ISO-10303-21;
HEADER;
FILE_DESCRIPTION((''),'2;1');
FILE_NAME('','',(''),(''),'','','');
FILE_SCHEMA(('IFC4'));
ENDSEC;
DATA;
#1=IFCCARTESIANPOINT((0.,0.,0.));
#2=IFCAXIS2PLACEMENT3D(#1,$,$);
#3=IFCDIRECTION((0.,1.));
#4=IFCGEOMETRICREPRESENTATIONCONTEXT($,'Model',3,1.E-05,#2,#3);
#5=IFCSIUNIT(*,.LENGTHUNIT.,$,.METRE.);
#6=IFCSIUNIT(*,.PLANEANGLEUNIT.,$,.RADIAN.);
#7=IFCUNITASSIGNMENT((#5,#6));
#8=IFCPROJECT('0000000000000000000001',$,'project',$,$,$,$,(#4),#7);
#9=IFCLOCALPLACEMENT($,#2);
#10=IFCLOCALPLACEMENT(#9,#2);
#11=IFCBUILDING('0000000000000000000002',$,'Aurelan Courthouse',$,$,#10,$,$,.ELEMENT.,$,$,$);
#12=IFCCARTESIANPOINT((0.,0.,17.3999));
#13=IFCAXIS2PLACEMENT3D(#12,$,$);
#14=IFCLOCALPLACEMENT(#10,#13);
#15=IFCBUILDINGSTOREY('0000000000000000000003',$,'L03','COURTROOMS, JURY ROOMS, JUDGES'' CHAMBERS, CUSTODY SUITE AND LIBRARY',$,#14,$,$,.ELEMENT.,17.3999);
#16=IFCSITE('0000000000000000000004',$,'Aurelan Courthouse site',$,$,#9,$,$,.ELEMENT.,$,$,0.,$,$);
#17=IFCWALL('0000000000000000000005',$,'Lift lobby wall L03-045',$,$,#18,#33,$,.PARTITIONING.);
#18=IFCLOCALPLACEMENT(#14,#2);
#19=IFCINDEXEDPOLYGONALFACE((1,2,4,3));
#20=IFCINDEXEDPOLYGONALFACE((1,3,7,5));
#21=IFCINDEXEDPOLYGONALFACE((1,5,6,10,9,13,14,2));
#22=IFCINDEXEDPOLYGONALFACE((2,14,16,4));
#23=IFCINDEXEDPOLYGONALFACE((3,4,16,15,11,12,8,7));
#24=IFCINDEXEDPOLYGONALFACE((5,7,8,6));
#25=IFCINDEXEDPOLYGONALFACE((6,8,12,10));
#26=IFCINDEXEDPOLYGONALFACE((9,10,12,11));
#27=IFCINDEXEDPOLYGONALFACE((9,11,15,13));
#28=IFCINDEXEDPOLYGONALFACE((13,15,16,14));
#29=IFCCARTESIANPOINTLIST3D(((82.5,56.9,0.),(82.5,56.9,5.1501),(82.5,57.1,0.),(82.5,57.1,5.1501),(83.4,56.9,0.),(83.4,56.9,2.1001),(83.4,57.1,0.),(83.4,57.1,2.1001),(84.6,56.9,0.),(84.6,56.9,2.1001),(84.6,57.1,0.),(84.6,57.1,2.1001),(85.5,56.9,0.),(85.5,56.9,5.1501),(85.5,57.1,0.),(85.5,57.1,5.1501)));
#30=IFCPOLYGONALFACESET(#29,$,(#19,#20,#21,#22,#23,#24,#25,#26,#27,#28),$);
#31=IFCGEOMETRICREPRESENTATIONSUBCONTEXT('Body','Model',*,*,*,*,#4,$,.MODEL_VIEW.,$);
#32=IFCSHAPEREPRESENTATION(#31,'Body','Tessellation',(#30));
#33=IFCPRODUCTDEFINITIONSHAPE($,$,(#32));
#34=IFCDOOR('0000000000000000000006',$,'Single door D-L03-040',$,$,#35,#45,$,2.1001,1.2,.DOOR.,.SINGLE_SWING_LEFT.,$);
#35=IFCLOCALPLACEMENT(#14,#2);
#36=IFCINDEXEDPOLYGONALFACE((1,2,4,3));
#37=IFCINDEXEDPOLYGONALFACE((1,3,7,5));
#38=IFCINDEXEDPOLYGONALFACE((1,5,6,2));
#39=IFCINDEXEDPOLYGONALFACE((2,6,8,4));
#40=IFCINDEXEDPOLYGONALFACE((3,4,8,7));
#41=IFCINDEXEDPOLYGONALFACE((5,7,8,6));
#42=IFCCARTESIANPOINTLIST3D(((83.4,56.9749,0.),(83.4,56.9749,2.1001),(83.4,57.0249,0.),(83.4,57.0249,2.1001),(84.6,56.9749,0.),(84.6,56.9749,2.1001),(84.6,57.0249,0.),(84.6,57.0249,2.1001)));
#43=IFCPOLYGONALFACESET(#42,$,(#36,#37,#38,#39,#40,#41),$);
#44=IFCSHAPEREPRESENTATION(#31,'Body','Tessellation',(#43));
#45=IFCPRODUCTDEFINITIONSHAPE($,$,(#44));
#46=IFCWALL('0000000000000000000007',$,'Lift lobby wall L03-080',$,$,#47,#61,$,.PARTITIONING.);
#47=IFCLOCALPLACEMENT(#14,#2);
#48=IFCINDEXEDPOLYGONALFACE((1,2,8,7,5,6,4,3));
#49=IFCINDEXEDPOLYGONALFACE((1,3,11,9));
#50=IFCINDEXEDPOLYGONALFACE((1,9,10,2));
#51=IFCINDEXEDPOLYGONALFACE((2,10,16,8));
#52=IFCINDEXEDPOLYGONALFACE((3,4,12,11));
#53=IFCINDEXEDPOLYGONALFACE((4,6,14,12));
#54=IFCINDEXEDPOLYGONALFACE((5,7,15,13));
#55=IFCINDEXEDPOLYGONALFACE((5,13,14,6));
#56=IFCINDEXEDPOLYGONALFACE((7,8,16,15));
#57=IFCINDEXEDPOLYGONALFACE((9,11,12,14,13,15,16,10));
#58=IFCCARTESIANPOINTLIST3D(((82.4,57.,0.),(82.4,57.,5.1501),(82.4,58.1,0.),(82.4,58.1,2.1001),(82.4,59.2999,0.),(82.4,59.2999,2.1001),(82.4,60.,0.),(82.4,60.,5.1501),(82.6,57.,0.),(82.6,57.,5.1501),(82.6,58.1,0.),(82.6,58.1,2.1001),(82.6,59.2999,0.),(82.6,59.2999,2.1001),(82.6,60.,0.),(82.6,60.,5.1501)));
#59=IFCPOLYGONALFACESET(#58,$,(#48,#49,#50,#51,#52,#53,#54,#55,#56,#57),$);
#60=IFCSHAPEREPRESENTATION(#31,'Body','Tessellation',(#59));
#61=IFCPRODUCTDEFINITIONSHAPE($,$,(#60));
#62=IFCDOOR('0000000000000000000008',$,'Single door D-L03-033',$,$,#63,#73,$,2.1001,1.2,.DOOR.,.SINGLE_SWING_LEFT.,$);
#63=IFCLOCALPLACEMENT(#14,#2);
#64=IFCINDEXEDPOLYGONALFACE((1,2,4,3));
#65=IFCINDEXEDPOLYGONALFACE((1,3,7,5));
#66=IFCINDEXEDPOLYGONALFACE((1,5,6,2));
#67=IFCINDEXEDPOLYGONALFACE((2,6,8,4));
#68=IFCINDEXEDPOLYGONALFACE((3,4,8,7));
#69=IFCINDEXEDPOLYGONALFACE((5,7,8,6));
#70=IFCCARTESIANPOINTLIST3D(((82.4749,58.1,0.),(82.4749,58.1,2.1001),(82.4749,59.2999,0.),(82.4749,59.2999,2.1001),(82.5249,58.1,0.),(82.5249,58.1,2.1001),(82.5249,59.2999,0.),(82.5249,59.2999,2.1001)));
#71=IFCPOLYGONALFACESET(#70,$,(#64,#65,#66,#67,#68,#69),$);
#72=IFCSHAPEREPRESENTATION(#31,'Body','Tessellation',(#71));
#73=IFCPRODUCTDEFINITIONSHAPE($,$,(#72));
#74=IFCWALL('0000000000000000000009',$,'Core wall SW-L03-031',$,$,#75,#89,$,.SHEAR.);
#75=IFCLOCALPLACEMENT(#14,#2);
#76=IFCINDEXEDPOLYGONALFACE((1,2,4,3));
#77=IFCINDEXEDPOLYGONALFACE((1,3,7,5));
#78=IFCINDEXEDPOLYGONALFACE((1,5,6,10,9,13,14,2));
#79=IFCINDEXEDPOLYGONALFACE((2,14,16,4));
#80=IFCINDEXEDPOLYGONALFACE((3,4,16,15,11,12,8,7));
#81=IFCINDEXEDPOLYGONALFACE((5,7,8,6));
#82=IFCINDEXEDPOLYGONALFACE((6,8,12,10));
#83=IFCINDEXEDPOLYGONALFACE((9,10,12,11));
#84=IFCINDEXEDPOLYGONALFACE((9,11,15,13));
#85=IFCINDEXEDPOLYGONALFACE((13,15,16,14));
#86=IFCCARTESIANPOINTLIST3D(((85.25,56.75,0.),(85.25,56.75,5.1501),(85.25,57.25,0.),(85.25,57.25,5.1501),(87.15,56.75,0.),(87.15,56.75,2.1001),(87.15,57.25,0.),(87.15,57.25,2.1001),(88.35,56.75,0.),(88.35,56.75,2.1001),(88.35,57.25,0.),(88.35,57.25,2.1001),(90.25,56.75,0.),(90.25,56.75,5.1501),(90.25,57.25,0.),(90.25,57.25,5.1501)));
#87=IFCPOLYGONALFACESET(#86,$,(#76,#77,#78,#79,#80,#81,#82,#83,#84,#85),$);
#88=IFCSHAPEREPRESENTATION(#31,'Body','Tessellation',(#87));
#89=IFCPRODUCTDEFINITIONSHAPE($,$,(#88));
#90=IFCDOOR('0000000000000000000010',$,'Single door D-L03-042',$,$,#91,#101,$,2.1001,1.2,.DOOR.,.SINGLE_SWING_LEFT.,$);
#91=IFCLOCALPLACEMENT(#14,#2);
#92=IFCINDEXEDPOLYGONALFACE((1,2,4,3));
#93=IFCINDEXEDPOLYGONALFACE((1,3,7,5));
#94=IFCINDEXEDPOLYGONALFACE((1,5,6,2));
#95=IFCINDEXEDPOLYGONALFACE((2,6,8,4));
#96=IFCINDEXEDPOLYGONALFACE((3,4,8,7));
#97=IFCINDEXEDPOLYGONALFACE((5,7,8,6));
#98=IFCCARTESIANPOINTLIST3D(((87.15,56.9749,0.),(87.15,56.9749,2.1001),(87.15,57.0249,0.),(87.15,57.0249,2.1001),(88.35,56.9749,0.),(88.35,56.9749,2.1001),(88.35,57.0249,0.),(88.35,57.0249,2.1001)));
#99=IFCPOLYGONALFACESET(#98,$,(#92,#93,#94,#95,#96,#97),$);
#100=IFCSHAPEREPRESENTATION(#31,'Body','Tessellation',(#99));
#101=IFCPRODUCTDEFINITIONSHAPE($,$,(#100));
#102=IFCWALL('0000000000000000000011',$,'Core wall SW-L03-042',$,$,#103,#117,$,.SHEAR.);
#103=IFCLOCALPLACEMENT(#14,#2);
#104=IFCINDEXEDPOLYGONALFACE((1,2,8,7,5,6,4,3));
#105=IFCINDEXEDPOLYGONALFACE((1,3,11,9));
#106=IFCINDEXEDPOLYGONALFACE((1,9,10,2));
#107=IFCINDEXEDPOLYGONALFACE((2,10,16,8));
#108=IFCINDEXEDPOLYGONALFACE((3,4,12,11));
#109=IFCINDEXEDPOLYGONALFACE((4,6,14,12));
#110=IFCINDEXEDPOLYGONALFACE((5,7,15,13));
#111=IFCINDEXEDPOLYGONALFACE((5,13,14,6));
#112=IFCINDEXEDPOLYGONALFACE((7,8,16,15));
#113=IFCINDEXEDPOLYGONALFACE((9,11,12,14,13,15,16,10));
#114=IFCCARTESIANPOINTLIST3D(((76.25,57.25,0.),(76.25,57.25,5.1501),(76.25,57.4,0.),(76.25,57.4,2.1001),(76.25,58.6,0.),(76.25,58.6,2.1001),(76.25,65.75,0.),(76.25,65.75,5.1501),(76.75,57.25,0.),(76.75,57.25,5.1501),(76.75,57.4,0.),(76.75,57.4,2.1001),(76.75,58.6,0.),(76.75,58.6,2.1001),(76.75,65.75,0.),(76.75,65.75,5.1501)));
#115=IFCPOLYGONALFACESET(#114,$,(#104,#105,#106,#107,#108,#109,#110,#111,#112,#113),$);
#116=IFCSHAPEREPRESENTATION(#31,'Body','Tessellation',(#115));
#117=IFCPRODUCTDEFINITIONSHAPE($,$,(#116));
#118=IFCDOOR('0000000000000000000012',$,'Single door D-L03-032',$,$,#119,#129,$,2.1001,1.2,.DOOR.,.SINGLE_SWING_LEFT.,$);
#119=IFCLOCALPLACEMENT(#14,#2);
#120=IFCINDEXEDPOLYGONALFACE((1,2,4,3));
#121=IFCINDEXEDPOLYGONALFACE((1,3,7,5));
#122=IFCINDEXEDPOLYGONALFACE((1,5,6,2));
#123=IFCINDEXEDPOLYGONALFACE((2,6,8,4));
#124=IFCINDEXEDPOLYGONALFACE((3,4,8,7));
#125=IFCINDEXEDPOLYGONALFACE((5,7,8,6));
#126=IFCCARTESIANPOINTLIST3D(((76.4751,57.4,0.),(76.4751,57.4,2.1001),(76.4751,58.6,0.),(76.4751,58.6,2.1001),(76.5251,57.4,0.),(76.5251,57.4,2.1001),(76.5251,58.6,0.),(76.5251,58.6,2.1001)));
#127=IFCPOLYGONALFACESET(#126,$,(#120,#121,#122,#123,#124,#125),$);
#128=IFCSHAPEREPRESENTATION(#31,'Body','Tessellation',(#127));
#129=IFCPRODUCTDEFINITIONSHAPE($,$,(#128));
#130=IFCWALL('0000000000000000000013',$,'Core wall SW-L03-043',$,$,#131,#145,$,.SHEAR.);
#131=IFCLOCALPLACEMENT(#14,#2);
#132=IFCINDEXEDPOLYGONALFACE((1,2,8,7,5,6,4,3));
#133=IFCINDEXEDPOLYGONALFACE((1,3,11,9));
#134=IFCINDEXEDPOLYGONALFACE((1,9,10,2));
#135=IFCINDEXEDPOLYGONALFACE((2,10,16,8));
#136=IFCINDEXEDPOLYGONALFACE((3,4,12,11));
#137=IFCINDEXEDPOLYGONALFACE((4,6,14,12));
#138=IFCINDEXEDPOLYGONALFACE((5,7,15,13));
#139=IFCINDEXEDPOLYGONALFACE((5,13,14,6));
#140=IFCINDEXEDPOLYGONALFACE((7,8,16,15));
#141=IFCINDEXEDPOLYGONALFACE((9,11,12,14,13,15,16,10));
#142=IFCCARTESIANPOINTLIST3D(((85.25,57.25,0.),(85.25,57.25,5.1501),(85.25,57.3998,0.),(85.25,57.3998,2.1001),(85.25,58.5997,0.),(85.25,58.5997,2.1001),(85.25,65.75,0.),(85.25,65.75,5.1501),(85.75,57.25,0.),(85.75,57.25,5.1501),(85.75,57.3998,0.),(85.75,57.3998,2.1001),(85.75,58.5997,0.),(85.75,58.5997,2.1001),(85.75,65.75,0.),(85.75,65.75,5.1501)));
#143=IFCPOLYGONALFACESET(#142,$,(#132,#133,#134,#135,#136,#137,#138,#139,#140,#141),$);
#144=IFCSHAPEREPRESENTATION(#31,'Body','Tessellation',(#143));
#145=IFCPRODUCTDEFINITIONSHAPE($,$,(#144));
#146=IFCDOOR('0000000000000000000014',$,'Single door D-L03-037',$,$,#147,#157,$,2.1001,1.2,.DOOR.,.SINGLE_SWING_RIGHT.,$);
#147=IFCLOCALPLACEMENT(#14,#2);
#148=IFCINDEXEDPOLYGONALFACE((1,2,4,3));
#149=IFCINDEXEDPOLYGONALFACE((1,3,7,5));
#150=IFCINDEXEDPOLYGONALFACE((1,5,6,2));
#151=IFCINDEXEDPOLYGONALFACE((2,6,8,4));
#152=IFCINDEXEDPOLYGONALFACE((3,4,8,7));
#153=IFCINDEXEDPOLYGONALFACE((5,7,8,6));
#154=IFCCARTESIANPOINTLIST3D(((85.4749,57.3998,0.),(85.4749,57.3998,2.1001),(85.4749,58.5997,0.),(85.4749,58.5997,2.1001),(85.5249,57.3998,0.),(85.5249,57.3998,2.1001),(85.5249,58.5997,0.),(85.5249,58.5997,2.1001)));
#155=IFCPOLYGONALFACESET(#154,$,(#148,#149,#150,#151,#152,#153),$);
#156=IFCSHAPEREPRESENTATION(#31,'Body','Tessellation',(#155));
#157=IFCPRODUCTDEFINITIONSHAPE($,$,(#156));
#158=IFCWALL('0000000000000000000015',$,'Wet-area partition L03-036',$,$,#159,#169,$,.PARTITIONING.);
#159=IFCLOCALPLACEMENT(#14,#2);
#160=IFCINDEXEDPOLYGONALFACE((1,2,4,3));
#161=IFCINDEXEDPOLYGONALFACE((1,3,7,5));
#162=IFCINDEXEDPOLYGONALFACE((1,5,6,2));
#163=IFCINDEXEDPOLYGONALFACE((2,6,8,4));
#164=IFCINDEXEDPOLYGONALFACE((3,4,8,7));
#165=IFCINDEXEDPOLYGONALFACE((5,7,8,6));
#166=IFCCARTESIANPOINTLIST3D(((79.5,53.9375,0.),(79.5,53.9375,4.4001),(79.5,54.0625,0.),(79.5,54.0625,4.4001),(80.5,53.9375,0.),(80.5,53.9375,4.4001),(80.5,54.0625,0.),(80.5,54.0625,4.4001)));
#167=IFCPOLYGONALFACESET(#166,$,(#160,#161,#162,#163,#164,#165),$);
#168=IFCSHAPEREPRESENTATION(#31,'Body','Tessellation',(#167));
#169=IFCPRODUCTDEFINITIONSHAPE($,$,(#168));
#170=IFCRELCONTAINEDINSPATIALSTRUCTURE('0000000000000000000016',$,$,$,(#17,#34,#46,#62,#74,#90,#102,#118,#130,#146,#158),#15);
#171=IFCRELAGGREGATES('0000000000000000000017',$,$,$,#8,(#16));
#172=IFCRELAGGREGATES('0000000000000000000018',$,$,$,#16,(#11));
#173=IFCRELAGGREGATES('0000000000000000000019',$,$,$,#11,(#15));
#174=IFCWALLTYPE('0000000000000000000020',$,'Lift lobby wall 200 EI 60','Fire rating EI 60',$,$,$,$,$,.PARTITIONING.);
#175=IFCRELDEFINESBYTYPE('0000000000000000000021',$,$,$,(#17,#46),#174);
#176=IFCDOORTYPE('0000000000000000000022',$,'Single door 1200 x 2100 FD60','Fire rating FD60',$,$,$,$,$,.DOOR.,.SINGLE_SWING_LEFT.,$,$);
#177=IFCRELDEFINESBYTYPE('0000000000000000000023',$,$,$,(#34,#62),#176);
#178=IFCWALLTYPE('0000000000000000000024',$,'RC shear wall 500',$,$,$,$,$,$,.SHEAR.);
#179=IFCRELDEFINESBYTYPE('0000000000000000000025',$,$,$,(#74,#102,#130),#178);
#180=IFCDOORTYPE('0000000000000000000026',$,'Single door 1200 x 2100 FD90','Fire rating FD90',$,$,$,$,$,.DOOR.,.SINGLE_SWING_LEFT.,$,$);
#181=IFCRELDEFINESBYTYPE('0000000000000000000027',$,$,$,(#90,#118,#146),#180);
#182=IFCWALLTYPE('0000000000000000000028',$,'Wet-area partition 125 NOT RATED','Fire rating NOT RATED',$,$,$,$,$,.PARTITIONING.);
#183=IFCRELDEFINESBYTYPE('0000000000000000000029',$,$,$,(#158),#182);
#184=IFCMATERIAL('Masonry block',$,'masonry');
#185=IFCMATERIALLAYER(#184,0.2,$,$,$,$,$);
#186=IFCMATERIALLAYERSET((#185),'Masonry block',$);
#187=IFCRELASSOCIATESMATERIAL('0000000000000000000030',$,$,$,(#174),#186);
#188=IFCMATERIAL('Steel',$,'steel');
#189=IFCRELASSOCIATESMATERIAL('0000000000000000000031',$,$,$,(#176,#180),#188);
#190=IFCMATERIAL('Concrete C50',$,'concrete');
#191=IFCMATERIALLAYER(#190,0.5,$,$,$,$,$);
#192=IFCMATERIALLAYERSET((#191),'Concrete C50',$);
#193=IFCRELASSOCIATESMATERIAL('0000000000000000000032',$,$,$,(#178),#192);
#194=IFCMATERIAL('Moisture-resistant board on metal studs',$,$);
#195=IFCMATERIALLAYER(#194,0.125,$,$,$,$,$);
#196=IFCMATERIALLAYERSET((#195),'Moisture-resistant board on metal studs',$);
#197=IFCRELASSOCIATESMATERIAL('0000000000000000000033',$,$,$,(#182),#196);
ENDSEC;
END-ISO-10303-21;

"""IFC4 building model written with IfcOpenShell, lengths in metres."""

from ifc_helpers import new_model, si_unit, direction, frame, frame_2d, origin, place, context, subcontext, project, spatial, rectangle, extrude, material, layer, layer_set, type_object, element, fill, save


model = new_model("IFC4")

# Units and contexts
model_context = context("Model", 3, precision=1e-05, world=origin(), true_north=direction((0.0, 1.0)))
body_context = subcontext(model_context, "Body", "Model", "MODEL_VIEW")
ifc_project = project(units=[si_unit("LENGTHUNIT", "METRE"), si_unit("PLANEANGLEUNIT", "RADIAN")], contexts=[model_context])

# Site, building, storey
site_placement = place(None, origin())
site = spatial("IfcSite", under=ifc_project, at=site_placement, Name="Aurelan Courthouse site", CompositionType="ELEMENT", RefElevation=0.0)
building_placement = place(site_placement, origin())
building = spatial("IfcBuilding", under=site, at=building_placement, Name="Aurelan Courthouse", CompositionType="ELEMENT")
storey_placement = place(building_placement, frame((0.0, 0.0, 17.3999)))
storey = spatial("IfcBuildingStorey", under=building, at=storey_placement, Name="L03", Description="COURTROOMS, JURY ROOMS, JUDGES' CHAMBERS, CUSTODY SUITE AND LIBRARY", CompositionType="ELEMENT", Elevation=17.3999)

# Shared definitions
ifc_material_1 = material(Name="Concrete C50", Category="concrete")

# Shared definitions
ifc_material_2 = material(Name="Steel", Category="steel")

# Shared definitions
ifc_material_3 = material(Name="Masonry block", Category="masonry")
ifc_layer_1 = layer(ifc_material_3, 0.2)
ifc_layer_set_1 = layer_set([ifc_layer_1], Name="Masonry block")
wall_type_1 = type_object("IfcWallType", Name="Lift lobby wall 200 EI 60", Description="Fire rating EI 60", PredefinedType="PARTITIONING", material=ifc_layer_set_1)

# Walls, openings, doors
wall_1_placement = place(storey_placement, frame((82.5, 57.0, 0.0), z_axis=(0.0, 0.0, 1.0), x_axis=(1.0, 0.0, 0.0)))
wall_1 = element("IfcWall", 1, at=wall_1_placement, inside=storey, type_object=wall_type_1, Name="Lift lobby wall L03-045", PredefinedType="PARTITIONING", context=body_context, shape_type="SweptSolid", body=[
    extrude(rectangle(XDim=3.0, YDim=0.2, at=frame_2d((1.5, 0.0))), origin(), (0.0, 0.0, 1.0), 5.1501),
])
opening_1_placement = place(wall_1_placement, frame((0.8999, 0.0, 0.0)))
opening_1 = element("IfcOpeningElement", 2, at=opening_1_placement, cuts=wall_1, PredefinedType="OPENING", context=body_context, shape_type="SweptSolid", body=[
    extrude(rectangle(XDim=1.2, YDim=2.1001, at=frame_2d((0.6001, 1.05))), frame((0.0, 0.1099, 0.0), z_axis=(0.0, -1.0, 0.0), x_axis=(1.0, 0.0, 0.0)), (0.0, 0.0, 1.0), 0.22),
])
door_type_1 = type_object("IfcDoorType", Name="Single door 1200 x 2100 FD60", Description="Fire rating FD60", OperationType="SINGLE_SWING_LEFT", PredefinedType="DOOR", material=ifc_material_2)
door_1_placement = place(opening_1_placement, origin())
door_1 = element("IfcDoor", 3, at=door_1_placement, inside=storey, type_object=door_type_1, Name="Single door D-L03-040", OperationType="SINGLE_SWING_LEFT", OverallHeight=2.1001, OverallWidth=1.2, PredefinedType="DOOR", context=body_context, shape_type="SweptSolid", body=[
    extrude(rectangle(XDim=1.2, YDim=2.1001, at=frame_2d((0.6001, 1.05))), frame((0.0, 0.0249, 0.0), z_axis=(0.0, -1.0, 0.0), x_axis=(1.0, 0.0, 0.0)), (0.0, 0.0, 1.0), 0.05),
])
fill(opening_1, door_1)
wall_2_placement = place(storey_placement, frame((82.5, 57.0, 0.0), z_axis=(0.0, 0.0, 1.0), x_axis=(0.0, 1.0, 0.0)))
wall_2 = element("IfcWall", 4, at=wall_2_placement, inside=storey, type_object=wall_type_1, Name="Lift lobby wall L03-080", PredefinedType="PARTITIONING", context=body_context, shape_type="SweptSolid", body=[
    extrude(rectangle(XDim=3.0, YDim=0.2, at=frame_2d((1.5, 0.0))), origin(), (0.0, 0.0, 1.0), 5.1501),
])
opening_2_placement = place(wall_2_placement, frame((2.3, 0.0, 0.0), z_axis=(0.0, 0.0, 1.0), x_axis=(-1.0, 0.0, 0.0)))
opening_2 = element("IfcOpeningElement", 5, at=opening_2_placement, cuts=wall_2, PredefinedType="OPENING", context=body_context, shape_type="SweptSolid", body=[
    extrude(rectangle(XDim=1.2, YDim=2.1001, at=frame_2d((0.6001, 1.05))), frame((0.0, 0.1099, 0.0), z_axis=(0.0, -1.0, 0.0), x_axis=(1.0, 0.0, 0.0)), (0.0, 0.0, 1.0), 0.22),
])
door_2_placement = place(opening_2_placement, origin())
door_2 = element("IfcDoor", 6, at=door_2_placement, inside=storey, type_object=door_type_1, Name="Single door D-L03-033", OperationType="SINGLE_SWING_LEFT", OverallHeight=2.1001, OverallWidth=1.2, PredefinedType="DOOR", context=body_context, shape_type="SweptSolid", body=[
    extrude(rectangle(XDim=1.2, YDim=2.1001, at=frame_2d((0.6001, 1.05))), frame((0.0, 0.0249, 0.0), z_axis=(0.0, -1.0, 0.0), x_axis=(1.0, 0.0, 0.0)), (0.0, 0.0, 1.0), 0.05),
])
fill(opening_2, door_2)
ifc_layer_2 = layer(ifc_material_1, 0.5)
ifc_layer_set_2 = layer_set([ifc_layer_2], Name="Concrete C50")
wall_type_2 = type_object("IfcWallType", Name="RC shear wall 500", PredefinedType="SHEAR", material=ifc_layer_set_2)
wall_3_placement = place(storey_placement, frame((85.25, 57.0, 0.0), z_axis=(0.0, 0.0, 1.0), x_axis=(1.0, 0.0, 0.0)))
wall_3 = element("IfcWall", 7, at=wall_3_placement, inside=storey, type_object=wall_type_2, Name="Core wall SW-L03-031", PredefinedType="SHEAR", context=body_context, shape_type="SweptSolid", body=[
    extrude(rectangle(XDim=5.0, YDim=0.5, at=frame_2d((2.5, 0.0))), origin(), (0.0, 0.0, 1.0), 5.1501),
])
opening_3_placement = place(wall_3_placement, frame((1.8999, 0.0, 0.0)))
opening_3 = element("IfcOpeningElement", 8, at=opening_3_placement, cuts=wall_3, PredefinedType="OPENING", context=body_context, shape_type="SweptSolid", body=[
    extrude(rectangle(XDim=1.2, YDim=2.1001, at=frame_2d((0.6001, 1.05))), frame((0.0, 0.26, 0.0), z_axis=(0.0, -1.0, 0.0), x_axis=(1.0, 0.0, 0.0)), (0.0, 0.0, 1.0), 0.52),
])
door_type_2 = type_object("IfcDoorType", Name="Single door 1200 x 2100 FD90", Description="Fire rating FD90", OperationType="SINGLE_SWING_LEFT", PredefinedType="DOOR", material=ifc_material_2)
door_3_placement = place(opening_3_placement, origin())
door_3 = element("IfcDoor", 9, at=door_3_placement, inside=storey, type_object=door_type_2, Name="Single door D-L03-042", OperationType="SINGLE_SWING_LEFT", OverallHeight=2.1001, OverallWidth=1.2, PredefinedType="DOOR", context=body_context, shape_type="SweptSolid", body=[
    extrude(rectangle(XDim=1.2, YDim=2.1001, at=frame_2d((0.6001, 1.05))), frame((0.0, 0.0249, 0.0), z_axis=(0.0, -1.0, 0.0), x_axis=(1.0, 0.0, 0.0)), (0.0, 0.0, 1.0), 0.05),
])
fill(opening_3, door_3)
wall_4_placement = place(storey_placement, frame((76.5, 57.25, 0.0), z_axis=(0.0, 0.0, 1.0), x_axis=(0.0, 1.0, 0.0)))
wall_4 = element("IfcWall", 10, at=wall_4_placement, inside=storey, type_object=wall_type_2, Name="Core wall SW-L03-042", PredefinedType="SHEAR", context=body_context, shape_type="SweptSolid", body=[
    extrude(rectangle(XDim=8.5, YDim=0.5, at=frame_2d((4.25, 0.0))), origin(), (0.0, 0.0, 1.0), 5.1501),
])
opening_4_placement = place(wall_4_placement, frame((0.1499, 0.0, 0.0)))
opening_4 = element("IfcOpeningElement", 11, at=opening_4_placement, cuts=wall_4, PredefinedType="OPENING", context=body_context, shape_type="SweptSolid", body=[
    extrude(rectangle(XDim=1.2, YDim=2.1001, at=frame_2d((0.6001, 1.05))), frame((0.0, 0.26, 0.0), z_axis=(0.0, -1.0, 0.0), x_axis=(1.0, 0.0, 0.0)), (0.0, 0.0, 1.0), 0.52),
])
door_4_placement = place(opening_4_placement, origin())
door_4 = element("IfcDoor", 12, at=door_4_placement, inside=storey, type_object=door_type_2, Name="Single door D-L03-032", OperationType="SINGLE_SWING_LEFT", OverallHeight=2.1001, OverallWidth=1.2, PredefinedType="DOOR", context=body_context, shape_type="SweptSolid", body=[
    extrude(rectangle(XDim=1.2, YDim=2.1001, at=frame_2d((0.6001, 1.05))), frame((0.0, 0.0249, 0.0), z_axis=(0.0, -1.0, 0.0), x_axis=(1.0, 0.0, 0.0)), (0.0, 0.0, 1.0), 0.05),
])
fill(opening_4, door_4)
wall_5_placement = place(storey_placement, frame((85.5, 57.25, 0.0), z_axis=(0.0, 0.0, 1.0), x_axis=(0.0, 1.0, 0.0)))
wall_5 = element("IfcWall", 13, at=wall_5_placement, inside=storey, type_object=wall_type_2, Name="Core wall SW-L03-043", PredefinedType="SHEAR", context=body_context, shape_type="SweptSolid", body=[
    extrude(rectangle(XDim=8.5, YDim=0.5, at=frame_2d((4.25, 0.0))), origin(), (0.0, 0.0, 1.0), 5.1501),
])
opening_5_placement = place(wall_5_placement, frame((1.3499, 0.0, 0.0), z_axis=(0.0, 0.0, 1.0), x_axis=(-1.0, 0.0, 0.0)))
opening_5 = element("IfcOpeningElement", 14, at=opening_5_placement, cuts=wall_5, PredefinedType="OPENING", context=body_context, shape_type="SweptSolid", body=[
    extrude(rectangle(XDim=1.2, YDim=2.1001, at=frame_2d((0.6001, 1.05))), frame((0.0, 0.26, 0.0), z_axis=(0.0, -1.0, 0.0), x_axis=(1.0, 0.0, 0.0)), (0.0, 0.0, 1.0), 0.52),
])
door_5_placement = place(opening_5_placement, origin())
door_5 = element("IfcDoor", 15, at=door_5_placement, inside=storey, type_object=door_type_2, Name="Single door D-L03-037", OperationType="SINGLE_SWING_RIGHT", OverallHeight=2.1001, OverallWidth=1.2, PredefinedType="DOOR", context=body_context, shape_type="SweptSolid", body=[
    extrude(rectangle(XDim=1.2, YDim=2.1001, at=frame_2d((0.6001, 1.05))), frame((0.0, 0.0249, 0.0), z_axis=(0.0, -1.0, 0.0), x_axis=(1.0, 0.0, 0.0)), (0.0, 0.0, 1.0), 0.05),
])
fill(opening_5, door_5)

# Wall
ifc_material_4 = material(Name="Moisture-resistant board on metal studs")
ifc_layer_3 = layer(ifc_material_4, 0.125)
ifc_layer_set_3 = layer_set([ifc_layer_3], Name="Moisture-resistant board on metal studs")
wall_type_3 = type_object("IfcWallType", Name="Wet-area partition 125 NOT RATED", Description="Fire rating NOT RATED", PredefinedType="PARTITIONING", material=ifc_layer_set_3)
for number, where, z_axis, x_axis, name in (
    (16, (79.5, 54.0, 0.0), (0.0, 0.0, 1.0), (1.0, 0.0, 0.0), "Wet-area partition L03-036"),
):
    element("IfcWall", number, at=place(storey_placement, frame(where, z_axis=z_axis, x_axis=x_axis)), inside=storey, type_object=wall_type_3, Name=name, PredefinedType="PARTITIONING", context=body_context, shape_type="SweptSolid", body=[
        extrude(rectangle(XDim=1.0, YDim=0.125, at=frame_2d((0.5, 0.0))), origin(), (0.0, 0.0, 1.0), 4.4001),
    ])

save(model, "model.ifc")
